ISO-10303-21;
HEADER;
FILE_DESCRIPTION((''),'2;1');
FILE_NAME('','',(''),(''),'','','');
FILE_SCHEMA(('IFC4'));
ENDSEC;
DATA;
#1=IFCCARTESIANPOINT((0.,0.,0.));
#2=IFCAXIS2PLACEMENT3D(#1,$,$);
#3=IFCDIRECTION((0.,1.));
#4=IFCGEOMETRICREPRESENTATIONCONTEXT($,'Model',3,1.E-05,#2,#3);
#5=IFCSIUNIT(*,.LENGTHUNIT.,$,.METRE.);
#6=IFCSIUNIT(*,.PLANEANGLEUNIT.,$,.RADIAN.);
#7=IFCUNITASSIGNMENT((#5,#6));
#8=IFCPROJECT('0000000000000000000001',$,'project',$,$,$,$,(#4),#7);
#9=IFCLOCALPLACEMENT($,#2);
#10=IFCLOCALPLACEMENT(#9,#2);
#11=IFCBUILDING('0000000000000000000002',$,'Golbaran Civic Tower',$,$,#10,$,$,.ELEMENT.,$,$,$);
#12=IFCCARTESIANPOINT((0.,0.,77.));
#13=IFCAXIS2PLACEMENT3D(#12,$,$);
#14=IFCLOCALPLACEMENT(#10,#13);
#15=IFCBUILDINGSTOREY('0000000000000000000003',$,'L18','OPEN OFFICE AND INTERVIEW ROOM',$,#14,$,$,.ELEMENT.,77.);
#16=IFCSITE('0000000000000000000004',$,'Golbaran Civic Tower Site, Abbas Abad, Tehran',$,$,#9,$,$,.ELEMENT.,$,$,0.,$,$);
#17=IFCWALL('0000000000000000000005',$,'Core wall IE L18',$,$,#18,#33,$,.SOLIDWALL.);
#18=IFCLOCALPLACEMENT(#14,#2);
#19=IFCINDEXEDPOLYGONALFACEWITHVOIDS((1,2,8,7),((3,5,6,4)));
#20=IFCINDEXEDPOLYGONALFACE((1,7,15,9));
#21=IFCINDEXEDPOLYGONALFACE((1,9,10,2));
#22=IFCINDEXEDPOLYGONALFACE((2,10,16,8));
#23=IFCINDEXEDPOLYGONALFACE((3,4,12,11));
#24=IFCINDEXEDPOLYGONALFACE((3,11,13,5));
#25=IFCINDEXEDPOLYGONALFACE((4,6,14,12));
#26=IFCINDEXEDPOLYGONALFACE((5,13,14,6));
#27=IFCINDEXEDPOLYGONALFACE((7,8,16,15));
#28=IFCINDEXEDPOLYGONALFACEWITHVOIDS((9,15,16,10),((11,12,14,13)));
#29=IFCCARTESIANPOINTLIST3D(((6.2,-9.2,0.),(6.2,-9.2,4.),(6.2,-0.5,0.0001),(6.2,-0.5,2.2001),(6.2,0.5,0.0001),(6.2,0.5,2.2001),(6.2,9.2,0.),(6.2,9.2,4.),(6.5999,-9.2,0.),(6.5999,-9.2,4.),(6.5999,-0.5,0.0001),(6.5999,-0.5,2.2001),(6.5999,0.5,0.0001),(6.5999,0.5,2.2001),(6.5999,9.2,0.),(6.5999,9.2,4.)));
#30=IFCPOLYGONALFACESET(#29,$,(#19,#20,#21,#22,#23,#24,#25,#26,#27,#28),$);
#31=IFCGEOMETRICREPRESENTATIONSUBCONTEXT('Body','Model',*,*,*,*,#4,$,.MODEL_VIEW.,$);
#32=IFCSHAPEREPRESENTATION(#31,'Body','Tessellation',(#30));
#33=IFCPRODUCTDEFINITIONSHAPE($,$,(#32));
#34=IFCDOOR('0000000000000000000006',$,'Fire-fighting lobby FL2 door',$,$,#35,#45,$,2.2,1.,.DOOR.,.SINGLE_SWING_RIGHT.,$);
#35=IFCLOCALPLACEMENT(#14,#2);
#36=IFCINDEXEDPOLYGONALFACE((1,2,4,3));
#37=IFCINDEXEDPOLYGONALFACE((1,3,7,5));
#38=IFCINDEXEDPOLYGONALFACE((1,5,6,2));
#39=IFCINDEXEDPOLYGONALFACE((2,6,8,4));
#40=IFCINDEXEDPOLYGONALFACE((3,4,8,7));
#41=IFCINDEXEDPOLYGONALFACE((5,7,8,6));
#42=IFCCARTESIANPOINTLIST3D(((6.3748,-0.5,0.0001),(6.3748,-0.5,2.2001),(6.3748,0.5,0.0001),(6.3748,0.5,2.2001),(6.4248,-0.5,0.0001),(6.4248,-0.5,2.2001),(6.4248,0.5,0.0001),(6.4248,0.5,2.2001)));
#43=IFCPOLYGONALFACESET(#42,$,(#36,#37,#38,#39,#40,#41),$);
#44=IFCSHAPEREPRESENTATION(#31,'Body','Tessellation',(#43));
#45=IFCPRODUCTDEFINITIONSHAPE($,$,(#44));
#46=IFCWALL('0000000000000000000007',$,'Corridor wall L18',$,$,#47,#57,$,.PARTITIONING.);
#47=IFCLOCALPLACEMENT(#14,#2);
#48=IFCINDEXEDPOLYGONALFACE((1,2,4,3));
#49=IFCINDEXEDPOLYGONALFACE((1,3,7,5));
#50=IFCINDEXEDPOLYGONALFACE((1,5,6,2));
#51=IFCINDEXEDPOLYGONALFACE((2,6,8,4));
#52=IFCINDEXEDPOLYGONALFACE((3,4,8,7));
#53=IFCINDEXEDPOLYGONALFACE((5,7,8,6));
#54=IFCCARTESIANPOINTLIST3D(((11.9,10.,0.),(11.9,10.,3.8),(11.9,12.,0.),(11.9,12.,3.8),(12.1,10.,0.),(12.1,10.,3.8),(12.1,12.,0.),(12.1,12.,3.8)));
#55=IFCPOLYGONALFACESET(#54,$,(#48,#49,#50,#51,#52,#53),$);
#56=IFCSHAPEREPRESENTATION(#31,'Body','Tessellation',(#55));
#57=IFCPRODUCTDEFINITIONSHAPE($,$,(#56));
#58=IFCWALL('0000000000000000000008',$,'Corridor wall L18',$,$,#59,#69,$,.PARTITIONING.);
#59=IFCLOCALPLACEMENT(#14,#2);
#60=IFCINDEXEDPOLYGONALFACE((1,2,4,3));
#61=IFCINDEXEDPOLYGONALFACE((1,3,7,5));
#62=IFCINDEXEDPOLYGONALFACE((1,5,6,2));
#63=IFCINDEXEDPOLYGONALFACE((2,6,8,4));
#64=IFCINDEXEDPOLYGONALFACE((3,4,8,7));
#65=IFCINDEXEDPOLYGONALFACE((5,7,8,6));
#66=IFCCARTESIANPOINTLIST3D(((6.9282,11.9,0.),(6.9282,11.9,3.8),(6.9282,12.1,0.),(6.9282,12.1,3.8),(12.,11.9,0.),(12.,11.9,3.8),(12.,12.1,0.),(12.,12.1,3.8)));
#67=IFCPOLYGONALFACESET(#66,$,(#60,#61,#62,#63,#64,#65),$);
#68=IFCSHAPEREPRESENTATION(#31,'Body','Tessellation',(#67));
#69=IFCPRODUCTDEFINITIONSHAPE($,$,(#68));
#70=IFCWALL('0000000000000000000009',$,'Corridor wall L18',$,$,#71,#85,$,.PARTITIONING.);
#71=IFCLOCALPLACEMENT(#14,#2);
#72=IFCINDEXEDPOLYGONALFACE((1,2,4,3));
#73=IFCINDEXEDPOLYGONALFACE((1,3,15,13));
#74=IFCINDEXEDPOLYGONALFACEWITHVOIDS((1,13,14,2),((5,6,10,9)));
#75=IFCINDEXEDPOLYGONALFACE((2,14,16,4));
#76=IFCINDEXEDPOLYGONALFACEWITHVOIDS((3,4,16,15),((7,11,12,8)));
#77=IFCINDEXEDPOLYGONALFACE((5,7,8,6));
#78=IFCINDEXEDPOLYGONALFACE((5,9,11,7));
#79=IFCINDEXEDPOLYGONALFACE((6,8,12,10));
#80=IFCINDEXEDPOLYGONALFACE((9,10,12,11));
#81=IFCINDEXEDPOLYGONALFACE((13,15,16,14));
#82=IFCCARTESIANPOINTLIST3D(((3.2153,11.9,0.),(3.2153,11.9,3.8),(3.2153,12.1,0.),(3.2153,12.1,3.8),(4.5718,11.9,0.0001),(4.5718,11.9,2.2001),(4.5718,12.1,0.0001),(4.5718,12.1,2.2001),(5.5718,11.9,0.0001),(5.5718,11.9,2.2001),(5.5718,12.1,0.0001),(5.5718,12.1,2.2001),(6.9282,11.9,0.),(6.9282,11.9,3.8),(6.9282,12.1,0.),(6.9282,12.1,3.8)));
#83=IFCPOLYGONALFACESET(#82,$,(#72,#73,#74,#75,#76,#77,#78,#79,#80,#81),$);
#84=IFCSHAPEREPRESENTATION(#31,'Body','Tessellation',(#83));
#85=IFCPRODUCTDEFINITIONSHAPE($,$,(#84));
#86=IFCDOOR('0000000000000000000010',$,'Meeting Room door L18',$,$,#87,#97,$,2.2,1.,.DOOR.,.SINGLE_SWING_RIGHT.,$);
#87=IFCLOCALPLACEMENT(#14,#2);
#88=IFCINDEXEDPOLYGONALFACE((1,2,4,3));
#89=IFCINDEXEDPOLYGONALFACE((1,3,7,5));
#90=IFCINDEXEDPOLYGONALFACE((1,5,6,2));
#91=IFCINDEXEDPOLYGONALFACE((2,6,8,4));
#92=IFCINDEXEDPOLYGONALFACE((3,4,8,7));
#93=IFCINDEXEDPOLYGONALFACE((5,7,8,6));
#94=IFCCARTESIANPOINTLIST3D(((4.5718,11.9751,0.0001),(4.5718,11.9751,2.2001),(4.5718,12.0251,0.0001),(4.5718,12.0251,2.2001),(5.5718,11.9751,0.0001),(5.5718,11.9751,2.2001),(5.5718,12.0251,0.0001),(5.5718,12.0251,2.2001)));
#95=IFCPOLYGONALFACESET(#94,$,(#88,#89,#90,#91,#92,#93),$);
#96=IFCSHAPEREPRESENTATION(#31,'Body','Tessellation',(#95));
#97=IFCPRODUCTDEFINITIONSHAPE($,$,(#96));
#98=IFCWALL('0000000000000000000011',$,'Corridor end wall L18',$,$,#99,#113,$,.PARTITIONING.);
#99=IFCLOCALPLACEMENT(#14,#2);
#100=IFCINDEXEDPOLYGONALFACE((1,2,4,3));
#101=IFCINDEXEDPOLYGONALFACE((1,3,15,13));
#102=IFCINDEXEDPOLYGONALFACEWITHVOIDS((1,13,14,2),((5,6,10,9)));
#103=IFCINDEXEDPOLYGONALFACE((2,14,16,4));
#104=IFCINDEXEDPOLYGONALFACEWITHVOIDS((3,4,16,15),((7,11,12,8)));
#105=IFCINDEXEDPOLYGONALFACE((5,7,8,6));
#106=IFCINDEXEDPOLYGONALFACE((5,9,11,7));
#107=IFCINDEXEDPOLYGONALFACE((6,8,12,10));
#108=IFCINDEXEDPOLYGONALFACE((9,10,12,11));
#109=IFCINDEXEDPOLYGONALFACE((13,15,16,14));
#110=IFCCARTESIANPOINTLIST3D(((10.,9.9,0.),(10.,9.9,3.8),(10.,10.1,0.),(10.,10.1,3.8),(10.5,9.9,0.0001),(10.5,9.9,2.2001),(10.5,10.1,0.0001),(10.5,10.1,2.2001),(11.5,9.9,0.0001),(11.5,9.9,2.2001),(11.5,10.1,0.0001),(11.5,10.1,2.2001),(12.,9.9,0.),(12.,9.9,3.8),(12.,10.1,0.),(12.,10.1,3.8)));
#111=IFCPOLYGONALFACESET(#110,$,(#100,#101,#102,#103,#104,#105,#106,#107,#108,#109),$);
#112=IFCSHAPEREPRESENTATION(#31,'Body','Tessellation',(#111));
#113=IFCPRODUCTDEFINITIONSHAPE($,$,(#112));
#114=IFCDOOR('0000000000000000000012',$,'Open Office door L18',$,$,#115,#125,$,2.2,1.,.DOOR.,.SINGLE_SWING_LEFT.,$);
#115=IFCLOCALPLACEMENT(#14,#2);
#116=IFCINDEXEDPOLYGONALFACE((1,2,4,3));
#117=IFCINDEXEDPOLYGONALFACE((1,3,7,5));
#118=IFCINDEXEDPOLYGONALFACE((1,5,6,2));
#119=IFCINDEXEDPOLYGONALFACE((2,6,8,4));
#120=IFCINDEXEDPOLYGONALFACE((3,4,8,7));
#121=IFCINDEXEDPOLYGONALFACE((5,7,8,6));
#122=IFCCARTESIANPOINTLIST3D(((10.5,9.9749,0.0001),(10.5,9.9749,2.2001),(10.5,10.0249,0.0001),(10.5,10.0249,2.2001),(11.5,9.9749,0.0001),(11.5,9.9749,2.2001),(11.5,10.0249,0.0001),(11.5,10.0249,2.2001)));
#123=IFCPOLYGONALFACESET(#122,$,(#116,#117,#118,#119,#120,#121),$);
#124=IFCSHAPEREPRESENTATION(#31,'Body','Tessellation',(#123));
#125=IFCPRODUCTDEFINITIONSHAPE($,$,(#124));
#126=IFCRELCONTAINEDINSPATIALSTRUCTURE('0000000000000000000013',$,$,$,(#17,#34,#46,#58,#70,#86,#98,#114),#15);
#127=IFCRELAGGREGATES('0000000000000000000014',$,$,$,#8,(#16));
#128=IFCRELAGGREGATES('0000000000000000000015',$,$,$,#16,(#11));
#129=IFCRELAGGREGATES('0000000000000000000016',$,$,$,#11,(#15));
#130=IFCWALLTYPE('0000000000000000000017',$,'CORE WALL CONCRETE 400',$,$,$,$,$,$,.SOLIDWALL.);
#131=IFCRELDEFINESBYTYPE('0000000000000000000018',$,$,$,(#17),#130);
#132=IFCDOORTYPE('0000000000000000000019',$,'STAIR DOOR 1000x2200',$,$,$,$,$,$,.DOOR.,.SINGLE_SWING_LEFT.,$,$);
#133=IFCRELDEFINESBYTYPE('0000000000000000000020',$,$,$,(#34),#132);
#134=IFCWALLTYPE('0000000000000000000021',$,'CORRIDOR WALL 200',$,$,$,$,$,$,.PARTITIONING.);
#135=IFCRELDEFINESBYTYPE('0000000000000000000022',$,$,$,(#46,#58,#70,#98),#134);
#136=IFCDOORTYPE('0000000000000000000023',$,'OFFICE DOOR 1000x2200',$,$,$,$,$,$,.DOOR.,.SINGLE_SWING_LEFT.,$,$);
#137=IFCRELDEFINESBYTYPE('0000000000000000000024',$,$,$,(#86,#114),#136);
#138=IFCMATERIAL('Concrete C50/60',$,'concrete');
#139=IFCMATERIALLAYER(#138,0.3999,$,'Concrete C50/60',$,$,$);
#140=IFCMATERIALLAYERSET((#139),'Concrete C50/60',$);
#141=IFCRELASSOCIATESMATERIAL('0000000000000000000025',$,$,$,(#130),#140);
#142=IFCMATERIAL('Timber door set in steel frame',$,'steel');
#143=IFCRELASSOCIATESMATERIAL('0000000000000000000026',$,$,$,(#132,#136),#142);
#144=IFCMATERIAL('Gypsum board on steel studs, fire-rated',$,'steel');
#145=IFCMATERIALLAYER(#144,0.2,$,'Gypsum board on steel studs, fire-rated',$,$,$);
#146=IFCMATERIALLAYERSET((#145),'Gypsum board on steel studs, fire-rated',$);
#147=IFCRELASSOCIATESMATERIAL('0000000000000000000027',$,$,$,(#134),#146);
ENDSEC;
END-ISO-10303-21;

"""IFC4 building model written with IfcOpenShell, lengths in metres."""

from ifc_helpers import new_model, si_unit, direction, frame, frame_2d, origin, place, context, subcontext, project, spatial, rectangle, extrude, material, layer, layer_set, type_object, element, fill, save


model = new_model("IFC4")

# Units and contexts
model_context = context("Model", 3, precision=1e-05, world=origin(), true_north=direction((0.0, 1.0)))
body_context = subcontext(model_context, "Body", "Model", "MODEL_VIEW")
ifc_project = project(units=[si_unit("LENGTHUNIT", "METRE"), si_unit("PLANEANGLEUNIT", "RADIAN")], contexts=[model_context])

# Site, building, storey
site_placement = place(None, origin())
site = spatial("IfcSite", under=ifc_project, at=site_placement, Name="Golbaran Civic Tower Site, Abbas Abad, Tehran", CompositionType="ELEMENT", RefElevation=0.0)
building_placement = place(site_placement, origin())
building = spatial("IfcBuilding", under=site, at=building_placement, Name="Golbaran Civic Tower", CompositionType="ELEMENT")
storey_placement = place(building_placement, frame((0.0, 0.0, 77.0)))
storey = spatial("IfcBuildingStorey", under=building, at=storey_placement, Name="L18", Description="OPEN OFFICE AND INTERVIEW ROOM", CompositionType="ELEMENT", Elevation=77.0)

# Wall, opening, door
ifc_material_1 = material(Name="Concrete C50/60", Category="concrete")
ifc_layer_1 = layer(ifc_material_1, 0.3999, Name="Concrete C50/60")
ifc_layer_set_1 = layer_set([ifc_layer_1], Name="Concrete C50/60")
wall_type_1 = type_object("IfcWallType", Name="CORE WALL CONCRETE 400", PredefinedType="SOLIDWALL", material=ifc_layer_set_1)
wall_1_placement = place(storey_placement, frame((6.3999, 9.2, 0.0), z_axis=(0.0, 0.0, 1.0), x_axis=(0.0, -1.0, 0.0)))
wall_1 = element("IfcWall", 1, at=wall_1_placement, inside=storey, type_object=wall_type_1, Name="Core wall IE L18", PredefinedType="SOLIDWALL", context=body_context, shape_type="SweptSolid", body=[
    extrude(rectangle(XDim=18.3999, YDim=0.3999, at=frame_2d((9.2, 0.0))), origin(), (0.0, 0.0, 1.0), 4.0),
])
opening_1_placement = place(wall_1_placement, frame((8.7, 0.0, 0.0)))
opening_1 = element("IfcOpeningElement", 2, at=opening_1_placement, cuts=wall_1, PredefinedType="OPENING", context=body_context, shape_type="SweptSolid", body=[
    extrude(rectangle(XDim=1.0, YDim=2.2, at=frame_2d((0.5, 1.1001))), frame((0.0, 0.21, 0.0), z_axis=(0.0, -1.0, 0.0), x_axis=(1.0, 0.0, 0.0)), (0.0, 0.0, 1.0), 0.4199),
])
ifc_material_2 = material(Name="Timber door set in steel frame", Category="steel")
door_type_1 = type_object("IfcDoorType", Name="STAIR DOOR 1000x2200", OperationType="SINGLE_SWING_LEFT", PredefinedType="DOOR", material=ifc_material_2)
door_1_placement = place(opening_1_placement, origin())
door_1 = element("IfcDoor", 3, at=door_1_placement, inside=storey, type_object=door_type_1, Name="Fire-fighting lobby FL2 door", OperationType="SINGLE_SWING_RIGHT", OverallHeight=2.2, OverallWidth=1.0, PredefinedType="DOOR", context=body_context, shape_type="SweptSolid", body=[
    extrude(rectangle(XDim=1.0, YDim=2.2, at=frame_2d((0.5, 1.1001))), frame((0.0, 0.0249, 0.0), z_axis=(0.0, -1.0, 0.0), x_axis=(1.0, 0.0, 0.0)), (0.0, 0.0, 1.0), 0.05),
])
fill(opening_1, door_1)

# Walls
ifc_material_3 = material(Name="Gypsum board on steel studs, fire-rated", Category="steel")
ifc_layer_2 = layer(ifc_material_3, 0.2, Name="Gypsum board on steel studs, fire-rated")
ifc_layer_set_2 = layer_set([ifc_layer_2], Name="Gypsum board on steel studs, fire-rated")
wall_type_2 = type_object("IfcWallType", Name="CORRIDOR WALL 200", PredefinedType="PARTITIONING", material=ifc_layer_set_2)
wall_2_placement = place(storey_placement, frame((12.0, 10.0, 0.0), z_axis=(0.0, 0.0, 1.0), x_axis=(0.0, 1.0, 0.0)))
element("IfcWall", 4, at=wall_2_placement, inside=storey, type_object=wall_type_2, Name="Corridor wall L18", PredefinedType="PARTITIONING", context=body_context, shape_type="SweptSolid", body=[
    extrude(rectangle(XDim=2.0, YDim=0.2, at=frame_2d((1.0, 0.0))), origin(), (0.0, 0.0, 1.0), 3.8),
])
wall_3_placement = place(storey_placement, frame((12.0, 12.0, 0.0), z_axis=(0.0, 0.0, 1.0), x_axis=(-1.0, 0.0, 0.0)))
element("IfcWall", 5, at=wall_3_placement, inside=storey, type_object=wall_type_2, Name="Corridor wall L18", PredefinedType="PARTITIONING", context=body_context, shape_type="SweptSolid", body=[
    extrude(rectangle(XDim=5.0718, YDim=0.2, at=frame_2d((2.5359, 0.0))), origin(), (0.0, 0.0, 1.0), 3.8),
])

# Walls, openings, doors
wall_4_placement = place(storey_placement, frame((6.9282, 12.0, 0.0), z_axis=(0.0, 0.0, 1.0), x_axis=(-1.0, 0.0, 0.0)))
wall_4 = element("IfcWall", 6, at=wall_4_placement, inside=storey, type_object=wall_type_2, Name="Corridor wall L18", PredefinedType="PARTITIONING", context=body_context, shape_type="SweptSolid", body=[
    extrude(rectangle(XDim=3.7129, YDim=0.2, at=frame_2d((1.8564, 0.0))), origin(), (0.0, 0.0, 1.0), 3.8),
])
opening_2_placement = place(wall_4_placement, frame((1.3564, 0.0, 0.0)))
opening_2 = element("IfcOpeningElement", 7, at=opening_2_placement, cuts=wall_4, PredefinedType="OPENING", context=body_context, shape_type="SweptSolid", body=[
    extrude(rectangle(XDim=1.0, YDim=2.2, at=frame_2d((0.5, 1.1001))), frame((0.0, 0.1099, 0.0), z_axis=(0.0, -1.0, 0.0), x_axis=(1.0, 0.0, 0.0)), (0.0, 0.0, 1.0), 0.22),
])
door_type_2 = type_object("IfcDoorType", Name="OFFICE DOOR 1000x2200", OperationType="SINGLE_SWING_LEFT", PredefinedType="DOOR", material=ifc_material_2)
door_2_placement = place(opening_2_placement, origin())
door_2 = element("IfcDoor", 8, at=door_2_placement, inside=storey, type_object=door_type_2, Name="Meeting Room door L18", OperationType="SINGLE_SWING_RIGHT", OverallHeight=2.2, OverallWidth=1.0, PredefinedType="DOOR", context=body_context, shape_type="SweptSolid", body=[
    extrude(rectangle(XDim=1.0, YDim=2.2, at=frame_2d((0.5, 1.1001))), frame((0.0, 0.0249, 0.0), z_axis=(0.0, -1.0, 0.0), x_axis=(1.0, 0.0, 0.0)), (0.0, 0.0, 1.0), 0.05),
])
fill(opening_2, door_2)
wall_5_placement = place(storey_placement, frame((10.0, 10.0, 0.0), z_axis=(0.0, 0.0, 1.0), x_axis=(1.0, 0.0, 0.0)))
wall_5 = element("IfcWall", 9, at=wall_5_placement, inside=storey, type_object=wall_type_2, Name="Corridor end wall L18", PredefinedType="PARTITIONING", context=body_context, shape_type="SweptSolid", body=[
    extrude(rectangle(XDim=2.0, YDim=0.2, at=frame_2d((1.0, 0.0))), origin(), (0.0, 0.0, 1.0), 3.8),
])
opening_3_placement = place(wall_5_placement, frame((0.5, 0.0, 0.0)))
opening_3 = element("IfcOpeningElement", 10, at=opening_3_placement, cuts=wall_5, PredefinedType="OPENING", context=body_context, shape_type="SweptSolid", body=[
    extrude(rectangle(XDim=1.0, YDim=2.2, at=frame_2d((0.5, 1.1001))), frame((0.0, 0.1099, 0.0), z_axis=(0.0, -1.0, 0.0), x_axis=(1.0, 0.0, 0.0)), (0.0, 0.0, 1.0), 0.22),
])
door_3_placement = place(opening_3_placement, origin())
door_3 = element("IfcDoor", 11, at=door_3_placement, inside=storey, type_object=door_type_2, Name="Open Office door L18", OperationType="SINGLE_SWING_LEFT", OverallHeight=2.2, OverallWidth=1.0, PredefinedType="DOOR", context=body_context, shape_type="SweptSolid", body=[
    extrude(rectangle(XDim=1.0, YDim=2.2, at=frame_2d((0.5, 1.1001))), frame((0.0, 0.0249, 0.0), z_axis=(0.0, -1.0, 0.0), x_axis=(1.0, 0.0, 0.0)), (0.0, 0.0, 1.0), 0.05),
])
fill(opening_3, door_3)

save(model, "model.ifc")
